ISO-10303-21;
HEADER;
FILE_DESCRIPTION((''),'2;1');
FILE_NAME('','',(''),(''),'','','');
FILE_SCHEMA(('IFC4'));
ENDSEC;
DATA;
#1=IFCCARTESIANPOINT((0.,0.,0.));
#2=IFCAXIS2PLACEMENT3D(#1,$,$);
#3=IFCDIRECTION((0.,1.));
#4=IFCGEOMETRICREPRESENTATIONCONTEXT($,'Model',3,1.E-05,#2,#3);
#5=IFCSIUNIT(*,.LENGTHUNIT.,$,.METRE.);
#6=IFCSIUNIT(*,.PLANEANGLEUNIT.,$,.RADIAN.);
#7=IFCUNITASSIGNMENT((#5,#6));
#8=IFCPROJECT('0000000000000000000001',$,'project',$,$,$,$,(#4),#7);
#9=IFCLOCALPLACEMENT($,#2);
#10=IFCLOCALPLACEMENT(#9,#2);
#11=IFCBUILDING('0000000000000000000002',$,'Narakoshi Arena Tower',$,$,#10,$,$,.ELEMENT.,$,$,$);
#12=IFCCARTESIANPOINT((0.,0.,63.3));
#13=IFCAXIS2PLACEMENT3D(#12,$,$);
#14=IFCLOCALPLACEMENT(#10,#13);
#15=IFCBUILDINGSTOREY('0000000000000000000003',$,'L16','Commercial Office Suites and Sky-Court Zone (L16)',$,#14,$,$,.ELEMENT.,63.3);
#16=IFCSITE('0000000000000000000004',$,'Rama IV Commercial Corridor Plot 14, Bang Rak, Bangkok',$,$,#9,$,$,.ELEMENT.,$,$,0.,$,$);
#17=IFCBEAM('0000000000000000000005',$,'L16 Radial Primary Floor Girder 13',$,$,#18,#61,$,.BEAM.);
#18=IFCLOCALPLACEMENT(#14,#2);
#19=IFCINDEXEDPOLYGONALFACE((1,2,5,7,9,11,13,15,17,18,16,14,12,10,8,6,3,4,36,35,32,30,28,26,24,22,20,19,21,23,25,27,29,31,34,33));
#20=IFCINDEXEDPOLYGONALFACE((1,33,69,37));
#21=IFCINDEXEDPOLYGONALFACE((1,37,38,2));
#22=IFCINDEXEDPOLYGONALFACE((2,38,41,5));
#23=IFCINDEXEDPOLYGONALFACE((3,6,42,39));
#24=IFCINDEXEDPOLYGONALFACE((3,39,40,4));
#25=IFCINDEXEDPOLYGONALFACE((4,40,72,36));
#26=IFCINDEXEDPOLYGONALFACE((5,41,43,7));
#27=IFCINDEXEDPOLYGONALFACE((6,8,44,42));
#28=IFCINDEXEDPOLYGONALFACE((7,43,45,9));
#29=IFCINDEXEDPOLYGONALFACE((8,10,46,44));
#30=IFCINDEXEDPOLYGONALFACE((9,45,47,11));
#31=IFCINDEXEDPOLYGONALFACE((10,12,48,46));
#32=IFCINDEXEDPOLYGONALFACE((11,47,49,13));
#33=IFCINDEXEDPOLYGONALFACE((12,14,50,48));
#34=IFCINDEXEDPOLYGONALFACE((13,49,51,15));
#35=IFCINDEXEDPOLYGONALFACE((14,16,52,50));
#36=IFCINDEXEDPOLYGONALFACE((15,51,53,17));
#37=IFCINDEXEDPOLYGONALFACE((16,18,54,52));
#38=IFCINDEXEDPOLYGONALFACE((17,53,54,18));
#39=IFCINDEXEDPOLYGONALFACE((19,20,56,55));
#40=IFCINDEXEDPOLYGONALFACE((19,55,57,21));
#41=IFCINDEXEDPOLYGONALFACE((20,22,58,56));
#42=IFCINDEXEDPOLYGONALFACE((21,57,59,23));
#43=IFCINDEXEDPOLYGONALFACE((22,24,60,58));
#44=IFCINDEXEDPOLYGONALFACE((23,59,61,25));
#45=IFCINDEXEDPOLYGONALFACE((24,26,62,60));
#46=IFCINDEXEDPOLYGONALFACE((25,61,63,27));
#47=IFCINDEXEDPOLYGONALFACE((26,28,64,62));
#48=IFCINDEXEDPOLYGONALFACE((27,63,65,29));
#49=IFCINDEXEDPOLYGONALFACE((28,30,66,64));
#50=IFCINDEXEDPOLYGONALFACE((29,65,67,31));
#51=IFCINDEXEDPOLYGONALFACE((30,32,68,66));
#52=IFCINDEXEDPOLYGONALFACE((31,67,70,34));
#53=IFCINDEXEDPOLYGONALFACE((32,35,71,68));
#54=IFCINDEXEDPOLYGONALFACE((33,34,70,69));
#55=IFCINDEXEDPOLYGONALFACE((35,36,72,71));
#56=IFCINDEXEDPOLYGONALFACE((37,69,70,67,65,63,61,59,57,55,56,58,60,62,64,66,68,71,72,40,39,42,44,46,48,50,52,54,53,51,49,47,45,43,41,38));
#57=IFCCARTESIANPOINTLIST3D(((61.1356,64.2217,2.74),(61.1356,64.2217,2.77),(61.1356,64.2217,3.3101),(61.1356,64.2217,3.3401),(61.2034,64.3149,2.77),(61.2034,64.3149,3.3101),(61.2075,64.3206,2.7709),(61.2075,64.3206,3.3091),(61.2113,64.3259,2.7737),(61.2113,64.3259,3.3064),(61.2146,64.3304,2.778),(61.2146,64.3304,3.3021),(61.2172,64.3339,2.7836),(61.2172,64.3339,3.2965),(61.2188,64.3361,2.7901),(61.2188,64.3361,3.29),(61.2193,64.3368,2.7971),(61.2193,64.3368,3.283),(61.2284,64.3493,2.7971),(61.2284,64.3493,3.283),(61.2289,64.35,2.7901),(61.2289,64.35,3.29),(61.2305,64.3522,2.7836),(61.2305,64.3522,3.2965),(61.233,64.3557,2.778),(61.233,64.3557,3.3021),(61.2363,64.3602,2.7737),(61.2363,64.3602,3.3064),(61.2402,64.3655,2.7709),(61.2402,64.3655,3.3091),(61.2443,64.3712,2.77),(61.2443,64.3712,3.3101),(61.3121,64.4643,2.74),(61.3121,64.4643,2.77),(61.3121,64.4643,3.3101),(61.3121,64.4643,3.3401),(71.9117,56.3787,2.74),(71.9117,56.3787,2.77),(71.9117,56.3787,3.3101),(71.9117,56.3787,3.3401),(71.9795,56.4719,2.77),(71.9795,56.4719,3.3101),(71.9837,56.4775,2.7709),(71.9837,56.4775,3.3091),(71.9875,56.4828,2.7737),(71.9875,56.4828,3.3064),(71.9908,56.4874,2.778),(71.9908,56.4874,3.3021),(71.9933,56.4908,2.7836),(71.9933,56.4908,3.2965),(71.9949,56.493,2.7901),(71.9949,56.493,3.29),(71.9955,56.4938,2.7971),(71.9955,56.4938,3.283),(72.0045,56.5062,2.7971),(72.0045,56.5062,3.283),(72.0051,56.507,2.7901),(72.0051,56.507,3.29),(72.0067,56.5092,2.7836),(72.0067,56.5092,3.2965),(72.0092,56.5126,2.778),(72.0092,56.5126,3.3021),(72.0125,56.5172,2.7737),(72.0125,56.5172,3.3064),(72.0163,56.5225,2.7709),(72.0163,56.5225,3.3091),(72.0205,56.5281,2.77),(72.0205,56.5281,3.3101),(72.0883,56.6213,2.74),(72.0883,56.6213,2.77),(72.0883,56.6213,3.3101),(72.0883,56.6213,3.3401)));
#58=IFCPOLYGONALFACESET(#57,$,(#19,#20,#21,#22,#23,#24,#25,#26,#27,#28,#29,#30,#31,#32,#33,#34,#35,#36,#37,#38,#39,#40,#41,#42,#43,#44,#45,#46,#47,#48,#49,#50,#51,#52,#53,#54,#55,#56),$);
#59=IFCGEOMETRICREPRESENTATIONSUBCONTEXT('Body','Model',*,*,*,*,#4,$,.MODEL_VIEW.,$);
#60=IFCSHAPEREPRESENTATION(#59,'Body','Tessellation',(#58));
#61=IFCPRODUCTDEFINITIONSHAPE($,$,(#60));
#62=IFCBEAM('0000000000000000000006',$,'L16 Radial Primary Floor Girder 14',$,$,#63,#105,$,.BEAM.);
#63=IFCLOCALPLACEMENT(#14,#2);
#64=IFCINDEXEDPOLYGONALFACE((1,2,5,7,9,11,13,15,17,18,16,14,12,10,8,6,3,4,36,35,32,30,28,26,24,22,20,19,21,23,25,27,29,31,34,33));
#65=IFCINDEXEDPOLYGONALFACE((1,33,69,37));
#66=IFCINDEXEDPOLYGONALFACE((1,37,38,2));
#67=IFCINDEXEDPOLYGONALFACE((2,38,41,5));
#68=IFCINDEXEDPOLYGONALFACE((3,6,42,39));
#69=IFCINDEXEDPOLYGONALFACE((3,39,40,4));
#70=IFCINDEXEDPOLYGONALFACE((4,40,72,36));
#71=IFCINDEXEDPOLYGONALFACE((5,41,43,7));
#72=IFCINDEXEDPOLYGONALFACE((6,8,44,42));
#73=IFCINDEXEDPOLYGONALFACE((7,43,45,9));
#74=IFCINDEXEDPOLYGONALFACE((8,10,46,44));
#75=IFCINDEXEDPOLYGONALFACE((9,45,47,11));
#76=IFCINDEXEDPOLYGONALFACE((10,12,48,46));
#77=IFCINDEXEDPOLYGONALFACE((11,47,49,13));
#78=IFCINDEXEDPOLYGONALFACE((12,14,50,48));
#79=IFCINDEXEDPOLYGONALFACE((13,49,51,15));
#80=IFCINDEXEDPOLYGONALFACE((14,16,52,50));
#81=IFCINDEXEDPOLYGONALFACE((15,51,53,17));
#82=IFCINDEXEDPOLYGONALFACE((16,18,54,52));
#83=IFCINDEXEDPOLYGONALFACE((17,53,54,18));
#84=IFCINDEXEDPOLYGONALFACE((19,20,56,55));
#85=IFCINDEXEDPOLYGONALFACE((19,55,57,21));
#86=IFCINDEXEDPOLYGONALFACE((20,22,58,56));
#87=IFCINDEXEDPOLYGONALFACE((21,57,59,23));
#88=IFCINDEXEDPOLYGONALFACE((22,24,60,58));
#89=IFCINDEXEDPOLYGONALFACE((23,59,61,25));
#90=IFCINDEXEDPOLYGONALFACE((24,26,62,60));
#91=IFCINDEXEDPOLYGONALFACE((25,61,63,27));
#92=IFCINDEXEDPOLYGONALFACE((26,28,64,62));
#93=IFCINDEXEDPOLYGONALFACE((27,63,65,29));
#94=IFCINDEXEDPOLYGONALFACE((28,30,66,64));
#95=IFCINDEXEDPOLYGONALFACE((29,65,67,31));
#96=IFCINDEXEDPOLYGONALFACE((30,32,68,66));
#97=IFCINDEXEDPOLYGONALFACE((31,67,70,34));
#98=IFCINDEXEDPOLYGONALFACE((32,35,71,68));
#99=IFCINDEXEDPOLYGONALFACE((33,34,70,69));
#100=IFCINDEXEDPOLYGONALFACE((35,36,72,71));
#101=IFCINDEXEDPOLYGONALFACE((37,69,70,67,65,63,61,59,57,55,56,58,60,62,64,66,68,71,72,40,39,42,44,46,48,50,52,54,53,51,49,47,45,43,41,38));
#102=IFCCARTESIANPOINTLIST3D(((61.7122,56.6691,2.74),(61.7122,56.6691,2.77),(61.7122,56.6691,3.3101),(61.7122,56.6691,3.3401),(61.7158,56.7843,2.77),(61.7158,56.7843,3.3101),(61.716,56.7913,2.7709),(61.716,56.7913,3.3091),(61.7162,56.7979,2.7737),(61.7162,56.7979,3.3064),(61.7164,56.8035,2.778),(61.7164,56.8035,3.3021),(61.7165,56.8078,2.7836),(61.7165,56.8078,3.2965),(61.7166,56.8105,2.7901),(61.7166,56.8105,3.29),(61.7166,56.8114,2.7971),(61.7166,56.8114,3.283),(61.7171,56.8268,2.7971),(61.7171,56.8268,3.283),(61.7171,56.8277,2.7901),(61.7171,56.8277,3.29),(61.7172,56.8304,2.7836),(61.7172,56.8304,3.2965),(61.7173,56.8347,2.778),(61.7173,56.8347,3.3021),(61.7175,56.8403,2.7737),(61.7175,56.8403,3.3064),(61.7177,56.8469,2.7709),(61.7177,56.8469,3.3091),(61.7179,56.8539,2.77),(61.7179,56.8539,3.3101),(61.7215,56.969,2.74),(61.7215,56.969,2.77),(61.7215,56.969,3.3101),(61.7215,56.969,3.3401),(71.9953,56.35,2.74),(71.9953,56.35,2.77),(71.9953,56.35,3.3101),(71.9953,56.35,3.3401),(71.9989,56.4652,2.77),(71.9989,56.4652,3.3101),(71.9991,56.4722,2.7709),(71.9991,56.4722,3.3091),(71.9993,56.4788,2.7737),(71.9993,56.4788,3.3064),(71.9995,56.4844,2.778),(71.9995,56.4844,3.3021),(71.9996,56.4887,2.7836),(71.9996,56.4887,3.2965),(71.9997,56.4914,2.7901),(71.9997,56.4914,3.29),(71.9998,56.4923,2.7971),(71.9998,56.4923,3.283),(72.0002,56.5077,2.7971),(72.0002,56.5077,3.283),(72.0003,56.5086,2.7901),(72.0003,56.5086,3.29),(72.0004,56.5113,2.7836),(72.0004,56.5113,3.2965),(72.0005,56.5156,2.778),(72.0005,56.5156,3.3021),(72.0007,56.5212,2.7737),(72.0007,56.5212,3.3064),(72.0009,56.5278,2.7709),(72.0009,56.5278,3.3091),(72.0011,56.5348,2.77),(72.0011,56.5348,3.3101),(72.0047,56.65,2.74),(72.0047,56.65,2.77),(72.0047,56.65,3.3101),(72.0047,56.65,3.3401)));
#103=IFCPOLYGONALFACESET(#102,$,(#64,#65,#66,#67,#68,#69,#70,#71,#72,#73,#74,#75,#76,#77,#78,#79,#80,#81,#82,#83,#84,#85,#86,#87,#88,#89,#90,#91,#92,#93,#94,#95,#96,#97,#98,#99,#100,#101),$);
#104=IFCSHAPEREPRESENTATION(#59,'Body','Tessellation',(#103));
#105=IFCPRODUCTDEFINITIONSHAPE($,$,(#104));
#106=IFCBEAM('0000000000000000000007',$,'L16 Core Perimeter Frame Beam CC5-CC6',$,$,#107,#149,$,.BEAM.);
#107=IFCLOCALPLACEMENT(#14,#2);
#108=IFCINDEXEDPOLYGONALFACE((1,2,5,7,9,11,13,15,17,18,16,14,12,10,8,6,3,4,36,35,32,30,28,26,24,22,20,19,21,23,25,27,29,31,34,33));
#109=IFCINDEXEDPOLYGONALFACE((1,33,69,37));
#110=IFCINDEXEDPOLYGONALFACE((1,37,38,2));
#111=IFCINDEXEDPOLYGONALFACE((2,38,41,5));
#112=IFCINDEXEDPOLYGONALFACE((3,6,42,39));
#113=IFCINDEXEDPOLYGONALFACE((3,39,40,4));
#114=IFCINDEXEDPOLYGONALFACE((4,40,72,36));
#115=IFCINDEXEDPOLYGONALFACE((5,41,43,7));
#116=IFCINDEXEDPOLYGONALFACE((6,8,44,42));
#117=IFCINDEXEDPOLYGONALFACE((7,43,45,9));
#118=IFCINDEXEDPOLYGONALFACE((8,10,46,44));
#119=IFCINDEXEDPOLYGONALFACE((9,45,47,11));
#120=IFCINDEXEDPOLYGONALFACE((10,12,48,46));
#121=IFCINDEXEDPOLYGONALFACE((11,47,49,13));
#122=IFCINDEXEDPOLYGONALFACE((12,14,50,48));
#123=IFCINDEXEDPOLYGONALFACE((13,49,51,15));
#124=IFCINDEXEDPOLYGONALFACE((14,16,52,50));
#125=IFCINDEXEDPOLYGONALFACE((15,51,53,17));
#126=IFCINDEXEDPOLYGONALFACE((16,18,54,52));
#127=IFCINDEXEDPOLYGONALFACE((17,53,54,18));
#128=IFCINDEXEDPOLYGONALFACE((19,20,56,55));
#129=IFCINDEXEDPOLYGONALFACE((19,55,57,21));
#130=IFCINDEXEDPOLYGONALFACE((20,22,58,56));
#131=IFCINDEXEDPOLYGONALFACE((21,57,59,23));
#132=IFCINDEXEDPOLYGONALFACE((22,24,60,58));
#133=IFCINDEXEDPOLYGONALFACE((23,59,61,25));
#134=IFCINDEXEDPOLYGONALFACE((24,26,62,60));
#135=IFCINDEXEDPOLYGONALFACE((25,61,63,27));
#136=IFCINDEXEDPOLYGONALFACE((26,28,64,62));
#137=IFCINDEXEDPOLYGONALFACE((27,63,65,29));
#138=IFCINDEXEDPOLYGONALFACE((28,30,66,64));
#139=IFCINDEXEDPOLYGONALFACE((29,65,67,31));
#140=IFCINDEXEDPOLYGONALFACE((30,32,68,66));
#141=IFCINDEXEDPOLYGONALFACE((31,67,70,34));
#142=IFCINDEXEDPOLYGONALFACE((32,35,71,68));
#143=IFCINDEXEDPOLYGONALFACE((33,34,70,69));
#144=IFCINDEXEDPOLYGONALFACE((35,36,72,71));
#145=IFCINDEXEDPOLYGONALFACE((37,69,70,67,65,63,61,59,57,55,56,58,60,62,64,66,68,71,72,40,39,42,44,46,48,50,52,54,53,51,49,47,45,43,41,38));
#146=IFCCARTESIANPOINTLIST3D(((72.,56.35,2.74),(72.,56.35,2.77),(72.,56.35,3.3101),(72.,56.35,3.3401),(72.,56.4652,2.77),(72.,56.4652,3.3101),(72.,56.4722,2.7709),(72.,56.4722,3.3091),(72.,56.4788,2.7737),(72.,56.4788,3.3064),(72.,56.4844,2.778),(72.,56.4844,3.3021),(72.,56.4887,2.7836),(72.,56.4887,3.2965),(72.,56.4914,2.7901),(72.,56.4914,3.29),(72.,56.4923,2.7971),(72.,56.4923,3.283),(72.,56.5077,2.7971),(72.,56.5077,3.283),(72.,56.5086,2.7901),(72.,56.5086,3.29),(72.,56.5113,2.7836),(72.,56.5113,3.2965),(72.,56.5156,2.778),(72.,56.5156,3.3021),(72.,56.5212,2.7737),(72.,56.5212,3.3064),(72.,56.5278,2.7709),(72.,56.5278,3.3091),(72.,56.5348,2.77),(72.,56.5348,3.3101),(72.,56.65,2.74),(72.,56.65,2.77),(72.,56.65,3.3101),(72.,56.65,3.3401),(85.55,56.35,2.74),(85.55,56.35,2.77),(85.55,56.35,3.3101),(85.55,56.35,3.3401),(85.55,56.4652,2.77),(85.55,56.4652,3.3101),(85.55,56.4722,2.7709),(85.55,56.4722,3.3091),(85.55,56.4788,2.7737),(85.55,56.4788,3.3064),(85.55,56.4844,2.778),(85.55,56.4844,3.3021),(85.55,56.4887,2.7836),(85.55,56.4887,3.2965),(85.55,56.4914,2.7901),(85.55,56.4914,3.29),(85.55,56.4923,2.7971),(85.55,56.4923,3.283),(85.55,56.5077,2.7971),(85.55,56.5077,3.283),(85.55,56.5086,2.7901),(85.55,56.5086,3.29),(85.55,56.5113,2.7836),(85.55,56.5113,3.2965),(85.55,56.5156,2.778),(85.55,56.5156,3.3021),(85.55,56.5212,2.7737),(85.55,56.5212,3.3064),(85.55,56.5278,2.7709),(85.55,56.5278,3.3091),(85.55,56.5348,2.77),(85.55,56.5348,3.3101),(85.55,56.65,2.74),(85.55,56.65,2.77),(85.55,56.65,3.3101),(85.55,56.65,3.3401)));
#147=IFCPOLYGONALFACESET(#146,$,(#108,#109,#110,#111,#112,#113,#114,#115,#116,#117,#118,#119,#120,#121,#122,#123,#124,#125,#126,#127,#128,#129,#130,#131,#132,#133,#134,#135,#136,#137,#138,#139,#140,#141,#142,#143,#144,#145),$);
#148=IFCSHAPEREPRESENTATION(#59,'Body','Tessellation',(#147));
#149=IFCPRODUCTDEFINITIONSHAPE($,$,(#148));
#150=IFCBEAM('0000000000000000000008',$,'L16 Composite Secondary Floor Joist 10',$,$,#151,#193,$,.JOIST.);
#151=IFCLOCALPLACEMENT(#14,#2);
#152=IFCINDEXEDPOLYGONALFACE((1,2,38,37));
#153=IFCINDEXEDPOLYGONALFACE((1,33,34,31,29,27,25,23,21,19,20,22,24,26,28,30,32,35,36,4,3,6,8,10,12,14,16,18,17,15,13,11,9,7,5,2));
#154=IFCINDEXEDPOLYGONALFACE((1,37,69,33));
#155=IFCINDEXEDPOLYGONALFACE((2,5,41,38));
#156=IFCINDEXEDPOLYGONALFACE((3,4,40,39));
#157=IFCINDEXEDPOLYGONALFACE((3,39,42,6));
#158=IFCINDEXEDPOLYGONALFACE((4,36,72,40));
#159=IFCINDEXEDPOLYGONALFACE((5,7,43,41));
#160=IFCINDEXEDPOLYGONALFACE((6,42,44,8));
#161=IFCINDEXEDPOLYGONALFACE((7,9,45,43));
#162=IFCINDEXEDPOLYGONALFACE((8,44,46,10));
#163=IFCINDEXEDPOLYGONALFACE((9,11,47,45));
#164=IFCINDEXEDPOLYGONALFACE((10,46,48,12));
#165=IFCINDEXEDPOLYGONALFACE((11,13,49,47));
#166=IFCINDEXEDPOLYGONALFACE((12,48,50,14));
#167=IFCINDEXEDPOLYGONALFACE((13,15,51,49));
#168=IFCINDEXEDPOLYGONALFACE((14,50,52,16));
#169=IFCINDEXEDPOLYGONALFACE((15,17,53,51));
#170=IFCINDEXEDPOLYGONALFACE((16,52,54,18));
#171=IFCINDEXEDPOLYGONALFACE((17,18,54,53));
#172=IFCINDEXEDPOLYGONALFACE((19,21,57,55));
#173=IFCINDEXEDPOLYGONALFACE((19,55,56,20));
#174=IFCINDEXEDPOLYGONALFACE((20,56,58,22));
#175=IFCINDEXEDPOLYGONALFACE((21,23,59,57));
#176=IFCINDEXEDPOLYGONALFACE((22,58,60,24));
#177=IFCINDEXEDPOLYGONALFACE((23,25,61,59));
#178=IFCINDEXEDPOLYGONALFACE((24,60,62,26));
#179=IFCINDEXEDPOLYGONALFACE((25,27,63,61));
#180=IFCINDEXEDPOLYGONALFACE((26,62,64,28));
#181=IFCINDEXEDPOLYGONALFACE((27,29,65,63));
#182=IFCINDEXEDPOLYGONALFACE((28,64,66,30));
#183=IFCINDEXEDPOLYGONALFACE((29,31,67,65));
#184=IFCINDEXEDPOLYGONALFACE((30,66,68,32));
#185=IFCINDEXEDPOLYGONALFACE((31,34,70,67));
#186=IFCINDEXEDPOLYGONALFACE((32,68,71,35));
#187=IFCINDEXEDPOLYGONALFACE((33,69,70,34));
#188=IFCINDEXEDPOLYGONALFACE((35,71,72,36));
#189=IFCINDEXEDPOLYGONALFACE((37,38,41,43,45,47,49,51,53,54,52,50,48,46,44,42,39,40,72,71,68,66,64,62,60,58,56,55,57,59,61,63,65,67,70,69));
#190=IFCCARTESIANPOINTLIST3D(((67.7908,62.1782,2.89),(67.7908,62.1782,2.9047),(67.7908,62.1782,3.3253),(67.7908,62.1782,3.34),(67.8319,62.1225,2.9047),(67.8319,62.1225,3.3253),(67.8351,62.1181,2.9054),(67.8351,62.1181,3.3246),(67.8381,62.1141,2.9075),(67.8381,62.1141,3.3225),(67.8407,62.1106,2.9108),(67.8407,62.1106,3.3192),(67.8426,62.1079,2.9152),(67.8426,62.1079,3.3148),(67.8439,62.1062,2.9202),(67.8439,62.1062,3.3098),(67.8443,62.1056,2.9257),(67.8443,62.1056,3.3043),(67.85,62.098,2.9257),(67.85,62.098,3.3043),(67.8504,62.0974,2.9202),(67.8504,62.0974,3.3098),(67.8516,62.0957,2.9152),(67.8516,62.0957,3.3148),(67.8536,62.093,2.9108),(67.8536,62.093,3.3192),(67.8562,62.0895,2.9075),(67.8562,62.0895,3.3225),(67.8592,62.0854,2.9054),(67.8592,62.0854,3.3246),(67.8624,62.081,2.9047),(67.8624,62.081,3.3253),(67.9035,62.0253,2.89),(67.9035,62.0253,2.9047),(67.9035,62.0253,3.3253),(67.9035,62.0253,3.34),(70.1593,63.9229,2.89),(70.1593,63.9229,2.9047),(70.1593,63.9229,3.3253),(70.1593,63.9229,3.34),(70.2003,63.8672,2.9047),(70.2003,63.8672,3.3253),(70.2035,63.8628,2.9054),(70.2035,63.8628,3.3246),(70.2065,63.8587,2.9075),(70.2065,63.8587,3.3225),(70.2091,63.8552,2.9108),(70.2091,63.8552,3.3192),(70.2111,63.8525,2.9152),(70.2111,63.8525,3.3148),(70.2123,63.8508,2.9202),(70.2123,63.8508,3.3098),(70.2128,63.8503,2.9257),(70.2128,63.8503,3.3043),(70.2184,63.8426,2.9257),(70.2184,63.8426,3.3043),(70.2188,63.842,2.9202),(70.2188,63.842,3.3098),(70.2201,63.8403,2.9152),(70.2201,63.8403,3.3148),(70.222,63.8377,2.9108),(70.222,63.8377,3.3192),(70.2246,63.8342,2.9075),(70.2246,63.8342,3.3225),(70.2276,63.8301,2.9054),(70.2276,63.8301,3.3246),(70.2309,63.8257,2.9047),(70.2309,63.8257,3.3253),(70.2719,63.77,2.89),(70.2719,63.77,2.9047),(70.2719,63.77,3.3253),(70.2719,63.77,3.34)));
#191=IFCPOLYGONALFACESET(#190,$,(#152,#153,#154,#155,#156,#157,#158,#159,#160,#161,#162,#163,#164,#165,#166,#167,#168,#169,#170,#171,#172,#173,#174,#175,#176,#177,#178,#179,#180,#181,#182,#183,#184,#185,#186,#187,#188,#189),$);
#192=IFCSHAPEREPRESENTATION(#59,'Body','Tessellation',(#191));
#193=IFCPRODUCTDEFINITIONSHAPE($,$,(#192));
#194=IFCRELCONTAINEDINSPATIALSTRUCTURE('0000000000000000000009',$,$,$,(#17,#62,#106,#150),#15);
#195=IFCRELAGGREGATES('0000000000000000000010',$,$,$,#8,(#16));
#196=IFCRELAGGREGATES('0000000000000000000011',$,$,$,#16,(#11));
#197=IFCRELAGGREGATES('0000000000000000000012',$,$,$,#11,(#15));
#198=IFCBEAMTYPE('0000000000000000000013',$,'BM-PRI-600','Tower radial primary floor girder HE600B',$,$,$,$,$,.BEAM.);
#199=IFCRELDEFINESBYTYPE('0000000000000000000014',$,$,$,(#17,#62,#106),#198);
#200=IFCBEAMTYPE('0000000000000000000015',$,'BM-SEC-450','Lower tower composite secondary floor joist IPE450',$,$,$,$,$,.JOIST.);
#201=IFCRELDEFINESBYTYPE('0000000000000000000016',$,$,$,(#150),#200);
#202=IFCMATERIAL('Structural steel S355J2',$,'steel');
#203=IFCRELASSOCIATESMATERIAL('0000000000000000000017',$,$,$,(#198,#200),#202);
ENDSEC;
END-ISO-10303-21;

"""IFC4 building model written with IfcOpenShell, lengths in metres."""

from ifc_helpers import new_model, si_unit, direction, frame, origin, origin_2d, place, context, subcontext, project, spatial, i_section, extrude, material, material_profile, profile_set, type_object, element, save


model = new_model("IFC4")

# Units and contexts
model_context = context("Model", 3, precision=1e-05, world=origin(), true_north=direction((0.0, 1.0)))
body_context = subcontext(model_context, "Body", "Model", "MODEL_VIEW")
ifc_project = project(units=[si_unit("LENGTHUNIT", "METRE"), si_unit("PLANEANGLEUNIT", "RADIAN")], contexts=[model_context])

# Site, building, storey
site_placement = place(None, origin())
site = spatial("IfcSite", under=ifc_project, at=site_placement, Name="Rama IV Commercial Corridor Plot 14, Bang Rak, Bangkok", CompositionType="ELEMENT", RefElevation=0.0)
building_placement = place(site_placement, origin())
building = spatial("IfcBuilding", under=site, at=building_placement, Name="Narakoshi Arena Tower", CompositionType="ELEMENT")
storey_placement = place(building_placement, frame((0.0, 0.0, 63.3)))
storey = spatial("IfcBuildingStorey", under=building, at=storey_placement, Name="L16", Description="Commercial Office Suites and Sky-Court Zone (L16)", CompositionType="ELEMENT", Elevation=63.3)

# Beams
ifc_material_1 = material(Name="Structural steel S355J2", Category="steel")
ifc_material_profile_1 = material_profile(ifc_material_1, i_section(OverallWidth=0.3, OverallDepth=0.6001, WebThickness=0.0154, FlangeThickness=0.03, FilletRadius=0.0271, at=origin_2d()), Name="HE600B")
ifc_profile_set_1 = profile_set([ifc_material_profile_1], Name="Structural steel S355J2")
beam_type_1 = type_object("IfcBeamType", Name="BM-PRI-600", Description="Tower radial primary floor girder HE600B", PredefinedType="BEAM", material=ifc_profile_set_1)
beam_1_placement = place(storey_placement, frame((72.0, 56.5, 3.04), z_axis=(-0.808528, 0.588458, 0.0), x_axis=(-0.588458, -0.808528, 0.0)))
element("IfcBeam", 1, at=beam_1_placement, inside=storey, type_object=beam_type_1, Name="L16 Radial Primary Floor Girder 13", PredefinedType="BEAM", context=body_context, shape_type="SweptSolid", body=[
    extrude(i_section(OverallWidth=0.3, OverallDepth=0.6001, WebThickness=0.0154, FlangeThickness=0.03, FilletRadius=0.0271, at=origin_2d()), origin(), (0.0, 0.0, 1.0), 13.3281),
])
beam_2_placement = place(storey_placement, frame((72.0, 56.5, 3.04), z_axis=(-0.999519, 0.031015, 0.0), x_axis=(-0.031015, -0.999519, 0.0)))
element("IfcBeam", 2, at=beam_2_placement, inside=storey, type_object=beam_type_1, Name="L16 Radial Primary Floor Girder 14", PredefinedType="BEAM", context=body_context, shape_type="SweptSolid", body=[
    extrude(i_section(OverallWidth=0.3, OverallDepth=0.6001, WebThickness=0.0154, FlangeThickness=0.03, FilletRadius=0.0271, at=origin_2d()), origin(), (0.0, 0.0, 1.0), 10.2881),
])
beam_3_placement = place(storey_placement, frame((72.0, 56.5, 3.04), z_axis=(1.0, 0.0, 0.0), x_axis=(0.0, 1.0, 0.0)))
element("IfcBeam", 3, at=beam_3_placement, inside=storey, type_object=beam_type_1, Name="L16 Core Perimeter Frame Beam CC5-CC6", PredefinedType="BEAM", context=body_context, shape_type="SweptSolid", body=[
    extrude(i_section(OverallWidth=0.3, OverallDepth=0.6001, WebThickness=0.0154, FlangeThickness=0.03, FilletRadius=0.0271, at=origin_2d()), origin(), (0.0, 0.0, 1.0), 13.55),
])
ifc_material_profile_2 = material_profile(ifc_material_1, i_section(OverallWidth=0.1899, OverallDepth=0.45, WebThickness=0.0095, FlangeThickness=0.0146, FilletRadius=0.021, at=origin_2d()), Name="IPE450")
ifc_profile_set_2 = profile_set([ifc_material_profile_2], Name="Structural steel S355J2")
beam_type_2 = type_object("IfcBeamType", Name="BM-SEC-450", Description="Lower tower composite secondary floor joist IPE450", PredefinedType="JOIST", material=ifc_profile_set_2)
beam_4_placement = place(storey_placement, frame((70.2156, 63.8464, 3.115), z_axis=(-0.805139, -0.593086, 0.0), x_axis=(0.593086, -0.805139, 0.0)))
element("IfcBeam", 4, at=beam_4_placement, inside=storey, type_object=beam_type_2, Name="L16 Composite Secondary Floor Joist 10", PredefinedType="JOIST", context=body_context, shape_type="SweptSolid", body=[
    extrude(i_section(OverallWidth=0.1899, OverallDepth=0.45, WebThickness=0.0095, FlangeThickness=0.0146, FilletRadius=0.021, at=origin_2d()), origin(), (0.0, 0.0, 1.0), 2.9417),
])

save(model, "model.ifc")
